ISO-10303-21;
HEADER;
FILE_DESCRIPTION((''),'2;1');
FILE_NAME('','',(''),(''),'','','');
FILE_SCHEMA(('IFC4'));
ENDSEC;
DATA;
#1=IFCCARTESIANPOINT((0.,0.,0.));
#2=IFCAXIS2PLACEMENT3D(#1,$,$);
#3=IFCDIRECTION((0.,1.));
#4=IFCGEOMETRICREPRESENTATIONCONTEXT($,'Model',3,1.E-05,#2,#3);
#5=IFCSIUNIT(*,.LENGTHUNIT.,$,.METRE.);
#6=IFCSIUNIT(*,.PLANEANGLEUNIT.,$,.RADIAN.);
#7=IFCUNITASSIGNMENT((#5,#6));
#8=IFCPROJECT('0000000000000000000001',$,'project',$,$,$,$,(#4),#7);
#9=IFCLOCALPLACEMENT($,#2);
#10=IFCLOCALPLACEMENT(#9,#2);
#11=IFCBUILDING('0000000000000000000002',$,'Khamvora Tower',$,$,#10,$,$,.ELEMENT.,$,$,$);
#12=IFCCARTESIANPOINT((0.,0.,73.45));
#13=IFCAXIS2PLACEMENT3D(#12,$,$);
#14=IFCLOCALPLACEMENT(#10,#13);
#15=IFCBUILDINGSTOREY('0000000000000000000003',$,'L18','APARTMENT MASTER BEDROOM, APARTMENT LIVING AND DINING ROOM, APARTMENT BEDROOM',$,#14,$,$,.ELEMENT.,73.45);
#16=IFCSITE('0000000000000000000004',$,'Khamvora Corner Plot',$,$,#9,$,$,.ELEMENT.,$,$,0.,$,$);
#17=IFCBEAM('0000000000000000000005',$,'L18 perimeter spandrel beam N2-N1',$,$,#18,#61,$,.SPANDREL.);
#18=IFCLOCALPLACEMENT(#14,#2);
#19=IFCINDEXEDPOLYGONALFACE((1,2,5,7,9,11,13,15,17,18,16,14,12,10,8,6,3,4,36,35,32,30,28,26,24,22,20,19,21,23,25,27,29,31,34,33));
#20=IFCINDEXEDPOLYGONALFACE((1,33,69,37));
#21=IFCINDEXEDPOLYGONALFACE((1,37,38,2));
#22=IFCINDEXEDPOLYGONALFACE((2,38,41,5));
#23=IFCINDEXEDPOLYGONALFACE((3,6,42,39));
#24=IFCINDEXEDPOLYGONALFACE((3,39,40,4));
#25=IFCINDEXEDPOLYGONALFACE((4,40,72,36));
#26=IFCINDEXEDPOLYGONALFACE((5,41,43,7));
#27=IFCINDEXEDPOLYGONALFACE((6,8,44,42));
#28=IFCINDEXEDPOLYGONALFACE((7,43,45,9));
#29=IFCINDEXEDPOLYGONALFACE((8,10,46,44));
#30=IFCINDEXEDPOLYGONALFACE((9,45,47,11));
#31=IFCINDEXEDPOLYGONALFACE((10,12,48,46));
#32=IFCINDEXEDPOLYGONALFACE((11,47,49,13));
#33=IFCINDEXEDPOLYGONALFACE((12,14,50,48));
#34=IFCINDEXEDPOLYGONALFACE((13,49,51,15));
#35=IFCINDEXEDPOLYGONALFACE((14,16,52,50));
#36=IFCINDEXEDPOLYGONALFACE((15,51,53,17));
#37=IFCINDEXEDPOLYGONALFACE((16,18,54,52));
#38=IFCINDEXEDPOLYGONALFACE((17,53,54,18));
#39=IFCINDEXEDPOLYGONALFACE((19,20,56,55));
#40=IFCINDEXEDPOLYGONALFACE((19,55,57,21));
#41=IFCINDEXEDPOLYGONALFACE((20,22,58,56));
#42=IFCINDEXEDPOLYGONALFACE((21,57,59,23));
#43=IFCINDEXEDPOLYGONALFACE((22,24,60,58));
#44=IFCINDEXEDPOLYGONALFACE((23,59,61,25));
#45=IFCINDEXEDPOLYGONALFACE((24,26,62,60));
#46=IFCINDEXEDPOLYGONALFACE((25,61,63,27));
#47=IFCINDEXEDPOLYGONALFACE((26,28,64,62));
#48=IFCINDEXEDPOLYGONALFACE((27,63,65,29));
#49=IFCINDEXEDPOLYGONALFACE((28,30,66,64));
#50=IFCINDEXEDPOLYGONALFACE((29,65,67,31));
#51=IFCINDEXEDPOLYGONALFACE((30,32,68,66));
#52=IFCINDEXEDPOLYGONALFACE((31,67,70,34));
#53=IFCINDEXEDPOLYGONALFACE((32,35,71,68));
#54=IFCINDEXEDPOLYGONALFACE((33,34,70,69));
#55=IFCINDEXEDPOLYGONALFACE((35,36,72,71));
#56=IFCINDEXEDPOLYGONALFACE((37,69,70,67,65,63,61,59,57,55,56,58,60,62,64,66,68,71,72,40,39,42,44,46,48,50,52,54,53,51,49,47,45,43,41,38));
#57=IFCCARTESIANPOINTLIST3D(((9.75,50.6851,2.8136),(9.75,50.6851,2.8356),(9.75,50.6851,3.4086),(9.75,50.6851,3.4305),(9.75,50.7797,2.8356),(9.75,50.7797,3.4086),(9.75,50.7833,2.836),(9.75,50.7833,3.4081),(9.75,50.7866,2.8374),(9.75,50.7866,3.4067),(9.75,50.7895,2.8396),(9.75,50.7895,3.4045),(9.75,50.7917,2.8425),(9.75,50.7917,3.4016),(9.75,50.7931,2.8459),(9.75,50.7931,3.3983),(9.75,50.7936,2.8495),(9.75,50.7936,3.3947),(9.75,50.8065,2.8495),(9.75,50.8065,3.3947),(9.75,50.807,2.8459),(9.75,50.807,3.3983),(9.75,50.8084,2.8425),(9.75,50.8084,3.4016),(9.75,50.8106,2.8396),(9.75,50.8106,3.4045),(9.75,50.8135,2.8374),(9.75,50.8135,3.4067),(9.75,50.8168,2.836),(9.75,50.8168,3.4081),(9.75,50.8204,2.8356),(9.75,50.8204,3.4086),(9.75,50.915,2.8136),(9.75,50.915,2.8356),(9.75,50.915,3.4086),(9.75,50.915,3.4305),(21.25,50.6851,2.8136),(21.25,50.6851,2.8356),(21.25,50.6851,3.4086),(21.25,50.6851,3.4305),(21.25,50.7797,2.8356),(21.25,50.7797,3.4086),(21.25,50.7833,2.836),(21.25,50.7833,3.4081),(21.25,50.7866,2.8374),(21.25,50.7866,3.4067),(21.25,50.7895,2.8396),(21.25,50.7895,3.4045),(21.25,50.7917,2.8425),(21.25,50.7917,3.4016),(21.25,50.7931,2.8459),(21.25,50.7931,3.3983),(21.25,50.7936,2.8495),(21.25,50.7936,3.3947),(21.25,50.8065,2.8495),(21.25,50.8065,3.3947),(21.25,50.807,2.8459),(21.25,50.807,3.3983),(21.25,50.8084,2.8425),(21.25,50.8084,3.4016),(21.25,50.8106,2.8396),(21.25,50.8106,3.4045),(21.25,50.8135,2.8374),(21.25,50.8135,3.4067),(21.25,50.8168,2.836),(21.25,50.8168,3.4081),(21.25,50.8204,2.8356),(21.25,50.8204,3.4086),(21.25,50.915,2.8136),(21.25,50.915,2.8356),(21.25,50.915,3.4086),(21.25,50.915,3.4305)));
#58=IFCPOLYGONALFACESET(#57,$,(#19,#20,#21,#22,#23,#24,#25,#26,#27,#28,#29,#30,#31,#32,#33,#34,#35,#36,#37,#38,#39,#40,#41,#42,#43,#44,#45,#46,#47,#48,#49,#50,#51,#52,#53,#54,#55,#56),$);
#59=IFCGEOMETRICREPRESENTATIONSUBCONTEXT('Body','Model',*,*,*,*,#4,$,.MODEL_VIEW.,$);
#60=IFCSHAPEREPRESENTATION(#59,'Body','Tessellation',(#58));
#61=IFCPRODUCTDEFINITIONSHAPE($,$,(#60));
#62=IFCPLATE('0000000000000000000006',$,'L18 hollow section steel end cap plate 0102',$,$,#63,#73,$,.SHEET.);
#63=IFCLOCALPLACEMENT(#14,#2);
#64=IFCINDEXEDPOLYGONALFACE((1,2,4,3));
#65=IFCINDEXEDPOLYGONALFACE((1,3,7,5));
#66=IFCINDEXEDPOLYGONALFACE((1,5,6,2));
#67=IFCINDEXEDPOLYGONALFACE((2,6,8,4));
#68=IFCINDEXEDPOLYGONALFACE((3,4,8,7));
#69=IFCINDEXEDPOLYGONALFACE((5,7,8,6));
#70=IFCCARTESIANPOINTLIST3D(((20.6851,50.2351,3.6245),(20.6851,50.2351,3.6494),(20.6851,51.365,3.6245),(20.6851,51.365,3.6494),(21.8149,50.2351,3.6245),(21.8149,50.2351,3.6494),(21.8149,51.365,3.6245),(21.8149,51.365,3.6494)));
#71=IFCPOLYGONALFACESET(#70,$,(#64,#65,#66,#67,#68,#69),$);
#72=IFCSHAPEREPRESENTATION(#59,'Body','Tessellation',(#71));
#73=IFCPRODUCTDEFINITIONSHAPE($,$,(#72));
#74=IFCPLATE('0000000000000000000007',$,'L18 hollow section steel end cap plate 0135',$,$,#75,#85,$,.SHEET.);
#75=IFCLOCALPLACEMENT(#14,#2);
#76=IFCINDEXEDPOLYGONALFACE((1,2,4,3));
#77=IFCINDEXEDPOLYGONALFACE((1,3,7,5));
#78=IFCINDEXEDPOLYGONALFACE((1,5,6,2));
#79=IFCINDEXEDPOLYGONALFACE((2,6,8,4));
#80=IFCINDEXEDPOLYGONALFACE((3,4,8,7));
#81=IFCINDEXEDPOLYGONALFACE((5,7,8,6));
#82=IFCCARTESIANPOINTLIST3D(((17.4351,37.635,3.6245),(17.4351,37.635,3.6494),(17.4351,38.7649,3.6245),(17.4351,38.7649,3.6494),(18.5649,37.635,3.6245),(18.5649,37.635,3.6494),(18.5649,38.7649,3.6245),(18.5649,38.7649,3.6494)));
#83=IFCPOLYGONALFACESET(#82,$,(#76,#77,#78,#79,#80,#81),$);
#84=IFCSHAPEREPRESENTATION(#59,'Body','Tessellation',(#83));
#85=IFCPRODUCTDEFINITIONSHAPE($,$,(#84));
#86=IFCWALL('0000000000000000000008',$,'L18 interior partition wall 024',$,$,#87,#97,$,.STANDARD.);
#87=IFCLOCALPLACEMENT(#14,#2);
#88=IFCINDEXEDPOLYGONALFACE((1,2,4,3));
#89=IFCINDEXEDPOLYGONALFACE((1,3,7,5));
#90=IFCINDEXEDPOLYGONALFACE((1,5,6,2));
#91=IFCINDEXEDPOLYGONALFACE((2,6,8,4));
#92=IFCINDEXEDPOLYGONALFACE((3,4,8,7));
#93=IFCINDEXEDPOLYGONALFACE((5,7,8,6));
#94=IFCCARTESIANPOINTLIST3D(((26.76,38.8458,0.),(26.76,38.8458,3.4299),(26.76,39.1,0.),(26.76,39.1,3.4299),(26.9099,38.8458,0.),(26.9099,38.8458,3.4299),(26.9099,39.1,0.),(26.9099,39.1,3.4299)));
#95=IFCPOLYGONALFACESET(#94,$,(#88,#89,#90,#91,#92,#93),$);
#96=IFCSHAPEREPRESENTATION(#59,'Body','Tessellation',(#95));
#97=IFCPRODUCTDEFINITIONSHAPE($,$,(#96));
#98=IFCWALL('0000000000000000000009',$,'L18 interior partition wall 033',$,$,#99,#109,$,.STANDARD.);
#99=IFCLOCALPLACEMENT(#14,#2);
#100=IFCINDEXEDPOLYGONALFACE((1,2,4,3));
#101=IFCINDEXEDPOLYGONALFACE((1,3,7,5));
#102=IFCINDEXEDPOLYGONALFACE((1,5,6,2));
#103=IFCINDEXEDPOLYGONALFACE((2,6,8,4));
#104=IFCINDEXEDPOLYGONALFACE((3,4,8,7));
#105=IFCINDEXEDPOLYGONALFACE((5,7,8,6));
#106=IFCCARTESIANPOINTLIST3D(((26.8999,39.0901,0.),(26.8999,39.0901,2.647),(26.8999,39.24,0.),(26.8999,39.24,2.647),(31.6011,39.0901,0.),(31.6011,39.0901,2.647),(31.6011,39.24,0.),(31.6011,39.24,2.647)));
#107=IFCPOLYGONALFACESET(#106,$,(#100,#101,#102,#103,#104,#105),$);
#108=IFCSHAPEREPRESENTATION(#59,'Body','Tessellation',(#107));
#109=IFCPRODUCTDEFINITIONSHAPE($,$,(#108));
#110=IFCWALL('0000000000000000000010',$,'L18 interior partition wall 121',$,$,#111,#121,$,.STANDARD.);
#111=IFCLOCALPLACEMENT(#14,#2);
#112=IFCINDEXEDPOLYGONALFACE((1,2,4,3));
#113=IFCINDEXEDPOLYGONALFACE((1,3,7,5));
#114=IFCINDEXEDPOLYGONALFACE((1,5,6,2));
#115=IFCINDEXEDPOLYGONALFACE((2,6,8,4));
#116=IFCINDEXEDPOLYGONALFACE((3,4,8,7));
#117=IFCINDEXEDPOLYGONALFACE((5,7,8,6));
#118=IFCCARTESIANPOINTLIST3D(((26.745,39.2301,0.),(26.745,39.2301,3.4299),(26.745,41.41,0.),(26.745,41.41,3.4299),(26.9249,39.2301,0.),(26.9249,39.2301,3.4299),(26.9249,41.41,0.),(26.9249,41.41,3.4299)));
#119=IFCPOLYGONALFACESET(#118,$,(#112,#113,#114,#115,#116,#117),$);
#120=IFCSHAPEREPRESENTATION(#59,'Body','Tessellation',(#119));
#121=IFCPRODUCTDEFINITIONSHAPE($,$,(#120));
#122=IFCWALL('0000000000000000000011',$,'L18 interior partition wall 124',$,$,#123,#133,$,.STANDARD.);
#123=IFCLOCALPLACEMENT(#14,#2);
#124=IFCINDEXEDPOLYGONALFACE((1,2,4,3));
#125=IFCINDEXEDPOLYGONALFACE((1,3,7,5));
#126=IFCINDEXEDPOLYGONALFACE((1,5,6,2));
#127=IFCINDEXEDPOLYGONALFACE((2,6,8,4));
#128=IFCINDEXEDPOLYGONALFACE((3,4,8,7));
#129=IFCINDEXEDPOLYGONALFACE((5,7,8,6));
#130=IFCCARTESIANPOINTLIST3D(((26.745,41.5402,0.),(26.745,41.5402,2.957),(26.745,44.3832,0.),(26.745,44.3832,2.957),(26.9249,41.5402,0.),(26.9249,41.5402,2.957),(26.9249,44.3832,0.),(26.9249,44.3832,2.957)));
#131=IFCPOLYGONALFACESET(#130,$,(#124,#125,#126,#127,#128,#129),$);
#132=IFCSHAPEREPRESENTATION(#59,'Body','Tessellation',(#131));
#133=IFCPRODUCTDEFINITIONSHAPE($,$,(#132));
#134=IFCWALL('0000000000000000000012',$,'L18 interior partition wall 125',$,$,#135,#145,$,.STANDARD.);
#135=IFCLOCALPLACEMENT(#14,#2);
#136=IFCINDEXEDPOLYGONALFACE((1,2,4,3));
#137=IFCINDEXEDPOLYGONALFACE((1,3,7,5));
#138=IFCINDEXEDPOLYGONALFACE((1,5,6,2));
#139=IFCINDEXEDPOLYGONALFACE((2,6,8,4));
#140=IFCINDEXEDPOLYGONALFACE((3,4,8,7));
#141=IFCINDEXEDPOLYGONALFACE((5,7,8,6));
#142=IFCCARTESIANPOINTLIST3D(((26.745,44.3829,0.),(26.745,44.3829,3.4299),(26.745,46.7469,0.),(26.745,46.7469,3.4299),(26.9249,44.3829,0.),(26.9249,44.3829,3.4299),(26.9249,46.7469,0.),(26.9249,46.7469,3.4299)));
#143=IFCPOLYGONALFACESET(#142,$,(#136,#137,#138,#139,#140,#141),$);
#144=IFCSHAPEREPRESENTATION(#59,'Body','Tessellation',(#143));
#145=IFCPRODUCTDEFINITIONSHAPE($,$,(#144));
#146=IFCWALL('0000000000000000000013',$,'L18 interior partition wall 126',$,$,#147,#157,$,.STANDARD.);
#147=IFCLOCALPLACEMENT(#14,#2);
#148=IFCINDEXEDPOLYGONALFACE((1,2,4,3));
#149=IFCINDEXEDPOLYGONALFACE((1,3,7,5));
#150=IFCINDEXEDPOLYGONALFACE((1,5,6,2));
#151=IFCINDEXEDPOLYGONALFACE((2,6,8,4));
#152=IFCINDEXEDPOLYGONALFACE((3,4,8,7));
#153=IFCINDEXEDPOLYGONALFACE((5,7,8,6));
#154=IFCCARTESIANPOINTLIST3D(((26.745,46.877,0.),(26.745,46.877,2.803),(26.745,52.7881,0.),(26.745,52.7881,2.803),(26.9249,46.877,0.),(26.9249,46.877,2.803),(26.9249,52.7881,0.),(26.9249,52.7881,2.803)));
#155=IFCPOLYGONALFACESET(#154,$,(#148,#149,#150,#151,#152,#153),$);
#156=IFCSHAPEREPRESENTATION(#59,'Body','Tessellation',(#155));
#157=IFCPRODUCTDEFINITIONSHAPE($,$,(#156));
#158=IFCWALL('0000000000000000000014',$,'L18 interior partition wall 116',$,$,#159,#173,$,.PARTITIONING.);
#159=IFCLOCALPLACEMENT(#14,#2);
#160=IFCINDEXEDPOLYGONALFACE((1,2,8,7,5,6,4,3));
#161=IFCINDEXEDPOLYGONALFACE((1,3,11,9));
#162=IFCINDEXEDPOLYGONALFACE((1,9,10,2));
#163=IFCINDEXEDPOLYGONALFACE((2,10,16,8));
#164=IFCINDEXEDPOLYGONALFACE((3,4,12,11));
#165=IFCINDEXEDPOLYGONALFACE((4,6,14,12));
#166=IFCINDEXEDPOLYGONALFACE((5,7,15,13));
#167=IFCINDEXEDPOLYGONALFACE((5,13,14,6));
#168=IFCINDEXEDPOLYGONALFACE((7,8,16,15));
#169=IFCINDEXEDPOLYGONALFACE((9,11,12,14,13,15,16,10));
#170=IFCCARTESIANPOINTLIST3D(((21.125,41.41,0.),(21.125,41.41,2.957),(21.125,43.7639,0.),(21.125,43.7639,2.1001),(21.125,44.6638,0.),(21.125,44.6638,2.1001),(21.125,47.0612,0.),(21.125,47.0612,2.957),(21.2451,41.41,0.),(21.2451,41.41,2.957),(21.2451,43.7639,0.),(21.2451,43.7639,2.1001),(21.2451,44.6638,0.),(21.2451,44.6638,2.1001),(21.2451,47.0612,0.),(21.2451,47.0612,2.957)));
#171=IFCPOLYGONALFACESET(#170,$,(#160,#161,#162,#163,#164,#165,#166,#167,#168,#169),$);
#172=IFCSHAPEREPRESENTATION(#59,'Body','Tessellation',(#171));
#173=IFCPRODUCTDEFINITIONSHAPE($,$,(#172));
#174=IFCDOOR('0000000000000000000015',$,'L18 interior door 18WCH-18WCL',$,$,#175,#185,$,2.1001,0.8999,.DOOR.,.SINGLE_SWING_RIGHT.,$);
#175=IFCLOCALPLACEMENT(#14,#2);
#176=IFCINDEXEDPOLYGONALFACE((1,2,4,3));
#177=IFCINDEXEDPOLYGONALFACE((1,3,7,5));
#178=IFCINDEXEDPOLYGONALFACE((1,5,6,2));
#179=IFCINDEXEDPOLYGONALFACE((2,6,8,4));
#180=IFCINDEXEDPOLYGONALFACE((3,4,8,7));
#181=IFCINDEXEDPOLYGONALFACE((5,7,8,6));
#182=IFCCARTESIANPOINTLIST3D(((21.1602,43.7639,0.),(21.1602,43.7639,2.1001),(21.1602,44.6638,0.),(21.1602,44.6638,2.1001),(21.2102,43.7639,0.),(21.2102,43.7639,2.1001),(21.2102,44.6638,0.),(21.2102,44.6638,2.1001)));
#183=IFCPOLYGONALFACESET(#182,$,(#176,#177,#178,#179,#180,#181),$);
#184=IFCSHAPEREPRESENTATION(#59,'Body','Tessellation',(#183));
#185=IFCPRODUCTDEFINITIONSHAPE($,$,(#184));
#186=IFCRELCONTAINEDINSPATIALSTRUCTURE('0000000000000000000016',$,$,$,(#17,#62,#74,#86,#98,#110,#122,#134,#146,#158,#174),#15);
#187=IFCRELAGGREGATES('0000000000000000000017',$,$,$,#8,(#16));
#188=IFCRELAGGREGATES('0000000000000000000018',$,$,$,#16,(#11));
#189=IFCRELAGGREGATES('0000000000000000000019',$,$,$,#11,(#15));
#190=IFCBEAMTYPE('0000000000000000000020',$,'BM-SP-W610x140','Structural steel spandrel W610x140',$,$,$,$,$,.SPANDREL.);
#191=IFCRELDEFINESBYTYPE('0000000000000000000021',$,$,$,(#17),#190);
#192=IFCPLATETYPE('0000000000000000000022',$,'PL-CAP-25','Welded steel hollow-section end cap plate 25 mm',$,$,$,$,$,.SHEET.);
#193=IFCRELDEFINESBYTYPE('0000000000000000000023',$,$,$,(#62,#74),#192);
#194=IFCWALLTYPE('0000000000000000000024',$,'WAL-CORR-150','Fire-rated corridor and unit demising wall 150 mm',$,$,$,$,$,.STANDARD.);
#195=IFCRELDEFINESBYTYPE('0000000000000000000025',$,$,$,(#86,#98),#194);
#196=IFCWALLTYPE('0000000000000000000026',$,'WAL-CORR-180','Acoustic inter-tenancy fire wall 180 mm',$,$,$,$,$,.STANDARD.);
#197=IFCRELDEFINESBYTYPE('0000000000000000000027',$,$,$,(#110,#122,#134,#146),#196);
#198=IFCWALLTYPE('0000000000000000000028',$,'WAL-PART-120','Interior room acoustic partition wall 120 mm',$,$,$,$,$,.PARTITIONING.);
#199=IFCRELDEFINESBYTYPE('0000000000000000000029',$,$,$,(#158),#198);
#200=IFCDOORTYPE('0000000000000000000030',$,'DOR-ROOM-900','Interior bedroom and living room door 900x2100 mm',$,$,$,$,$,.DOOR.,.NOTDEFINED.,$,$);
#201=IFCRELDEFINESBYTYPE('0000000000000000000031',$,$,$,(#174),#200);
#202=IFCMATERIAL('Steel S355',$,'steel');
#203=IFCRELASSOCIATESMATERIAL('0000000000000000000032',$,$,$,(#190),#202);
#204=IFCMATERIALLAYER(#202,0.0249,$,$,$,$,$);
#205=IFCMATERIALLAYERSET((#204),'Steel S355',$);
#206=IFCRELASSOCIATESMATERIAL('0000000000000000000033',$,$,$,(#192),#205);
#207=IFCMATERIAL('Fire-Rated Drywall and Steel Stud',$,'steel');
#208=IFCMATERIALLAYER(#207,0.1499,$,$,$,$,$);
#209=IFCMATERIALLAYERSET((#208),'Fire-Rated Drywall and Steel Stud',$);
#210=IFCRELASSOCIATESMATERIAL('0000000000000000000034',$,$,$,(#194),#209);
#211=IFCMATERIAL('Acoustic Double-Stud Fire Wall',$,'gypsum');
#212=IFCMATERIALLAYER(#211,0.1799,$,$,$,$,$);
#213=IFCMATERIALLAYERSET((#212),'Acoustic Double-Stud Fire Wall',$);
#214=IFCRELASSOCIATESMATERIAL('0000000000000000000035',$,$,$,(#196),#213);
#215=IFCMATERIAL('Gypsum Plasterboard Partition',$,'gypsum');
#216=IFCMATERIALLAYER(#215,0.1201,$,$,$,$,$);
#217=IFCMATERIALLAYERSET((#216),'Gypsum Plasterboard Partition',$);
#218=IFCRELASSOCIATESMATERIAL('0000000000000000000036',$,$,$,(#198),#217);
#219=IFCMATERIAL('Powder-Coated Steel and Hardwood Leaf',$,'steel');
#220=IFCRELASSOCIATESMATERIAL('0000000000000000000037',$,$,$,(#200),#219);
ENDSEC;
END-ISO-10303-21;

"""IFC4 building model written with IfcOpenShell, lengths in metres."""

from ifc_helpers import new_model, si_unit, direction, frame, frame_2d, origin, origin_2d, place, context, subcontext, project, spatial, rectangle, i_section, extrude, material, layer, layer_set, material_profile, profile_set, type_object, element, fill, save


model = new_model("IFC4")

# Units and contexts
model_context = context("Model", 3, precision=1e-05, world=origin(), true_north=direction((0.0, 1.0)))
body_context = subcontext(model_context, "Body", "Model", "MODEL_VIEW")
ifc_project = project(units=[si_unit("LENGTHUNIT", "METRE"), si_unit("PLANEANGLEUNIT", "RADIAN")], contexts=[model_context])

# Site, building, storey
site_placement = place(None, origin())
site = spatial("IfcSite", under=ifc_project, at=site_placement, Name="Khamvora Corner Plot", CompositionType="ELEMENT", RefElevation=0.0)
building_placement = place(site_placement, origin())
building = spatial("IfcBuilding", under=site, at=building_placement, Name="Khamvora Tower", CompositionType="ELEMENT")
storey_placement = place(building_placement, frame((0.0, 0.0, 73.45)))
storey = spatial("IfcBuildingStorey", under=building, at=storey_placement, Name="L18", Description="APARTMENT MASTER BEDROOM, APARTMENT LIVING AND DINING ROOM, APARTMENT BEDROOM", CompositionType="ELEMENT", Elevation=73.45)

# Beam
ifc_material_1 = material(Name="Steel S355", Category="steel")
ifc_material_profile_1 = material_profile(ifc_material_1, i_section(OverallWidth=0.23, OverallDepth=0.6169, WebThickness=0.0129, FlangeThickness=0.022, FilletRadius=0.0139, at=origin_2d()), Name="W610x140")
ifc_profile_set_1 = profile_set([ifc_material_profile_1], Name="Steel S355")
beam_type_1 = type_object("IfcBeamType", Name="BM-SP-W610x140", Description="Structural steel spandrel W610x140", PredefinedType="SPANDREL", material=ifc_profile_set_1)
beam_1_placement = place(storey_placement, frame((21.25, 50.8, 3.1221), z_axis=(-1.0, 0.0, 0.0), x_axis=(0.0, -1.0, 0.0)))
element("IfcBeam", 1, at=beam_1_placement, inside=storey, type_object=beam_type_1, Name="L18 perimeter spandrel beam N2-N1", PredefinedType="SPANDREL", context=body_context, shape_type="SweptSolid", body=[
    extrude(i_section(OverallWidth=0.23, OverallDepth=0.6169, WebThickness=0.0129, FlangeThickness=0.022, FilletRadius=0.0139, at=origin_2d()), origin(), (0.0, 0.0, 1.0), 11.5),
])

# Plates
ifc_layer_1 = layer(ifc_material_1, 0.0249)
ifc_layer_set_1 = layer_set([ifc_layer_1], Name="Steel S355")
plate_type = type_object("IfcPlateType", Name="PL-CAP-25", Description="Welded steel hollow-section end cap plate 25 mm", PredefinedType="SHEET", material=ifc_layer_set_1)
for number, where, z_axis, x_axis, name in (
    (2, (21.25, 50.8, 3.6245), (0.0, 0.0, 1.0), (1.0, 0.0, 0.0), "L18 hollow section steel end cap plate 0102"),
    (3, (18.0, 38.2, 3.6245), (0.0, 0.0, 1.0), (1.0, 0.0, 0.0), "L18 hollow section steel end cap plate 0135"),
):
    element("IfcPlate", number, at=place(storey_placement, frame(where, z_axis=z_axis, x_axis=x_axis)), inside=storey, type_object=plate_type, Name=name, PredefinedType="SHEET", context=body_context, shape_type="SweptSolid", body=[
        extrude(rectangle(XDim=1.1299, YDim=1.1299, at=origin_2d()), origin(), (0.0, 0.0, 1.0), 0.0249),
    ])

# Walls
ifc_material_2 = material(Name="Fire-Rated Drywall and Steel Stud", Category="steel")
ifc_layer_2 = layer(ifc_material_2, 0.1499)
ifc_layer_set_2 = layer_set([ifc_layer_2], Name="Fire-Rated Drywall and Steel Stud")
wall_type_1 = type_object("IfcWallType", Name="WAL-CORR-150", Description="Fire-rated corridor and unit demising wall 150 mm", PredefinedType="STANDARD", material=ifc_layer_set_2)
wall_1_placement = place(storey_placement, frame((26.835, 38.8459, 0.0), z_axis=(0.0, 0.0, 1.0), x_axis=(0.0, 1.0, 0.0)))
element("IfcWall", 4, at=wall_1_placement, inside=storey, type_object=wall_type_1, Name="L18 interior partition wall 024", PredefinedType="STANDARD", context=body_context, shape_type="SweptSolid", body=[
    extrude(rectangle(XDim=0.2542, YDim=0.1499, at=frame_2d((0.127, 0.0))), origin(), (0.0, 0.0, 1.0), 3.4299),
])
wall_2_placement = place(storey_placement, frame((26.8999, 39.165, 0.0), z_axis=(0.0, 0.0, 1.0), x_axis=(1.0, 0.0, 0.0)))
element("IfcWall", 5, at=wall_2_placement, inside=storey, type_object=wall_type_1, Name="L18 interior partition wall 033", PredefinedType="STANDARD", context=body_context, shape_type="SweptSolid", body=[
    extrude(rectangle(XDim=4.7012, YDim=0.1499, at=frame_2d((2.3506, 0.0))), origin(), (0.0, 0.0, 1.0), 2.647),
])
ifc_material_3 = material(Name="Acoustic Double-Stud Fire Wall", Category="gypsum")
ifc_layer_3 = layer(ifc_material_3, 0.1799)
ifc_layer_set_3 = layer_set([ifc_layer_3], Name="Acoustic Double-Stud Fire Wall")
wall_type_2 = type_object("IfcWallType", Name="WAL-CORR-180", Description="Acoustic inter-tenancy fire wall 180 mm", PredefinedType="STANDARD", material=ifc_layer_set_3)
wall_3_placement = place(storey_placement, frame((26.835, 41.4099, 0.0), z_axis=(0.0, 0.0, 1.0), x_axis=(0.0, -1.0, 0.0)))
element("IfcWall", 6, at=wall_3_placement, inside=storey, type_object=wall_type_2, Name="L18 interior partition wall 121", PredefinedType="STANDARD", context=body_context, shape_type="SweptSolid", body=[
    extrude(rectangle(XDim=2.1799, YDim=0.1799, at=frame_2d((1.0898, 0.0))), origin(), (0.0, 0.0, 1.0), 3.4299),
])
wall_4_placement = place(storey_placement, frame((26.835, 44.3831, 0.0), z_axis=(0.0, 0.0, 1.0), x_axis=(0.0, -1.0, 0.0)))
element("IfcWall", 7, at=wall_4_placement, inside=storey, type_object=wall_type_2, Name="L18 interior partition wall 124", PredefinedType="STANDARD", context=body_context, shape_type="SweptSolid", body=[
    extrude(rectangle(XDim=2.843, YDim=0.1799, at=frame_2d((1.4214, 0.0))), origin(), (0.0, 0.0, 1.0), 2.957),
])
wall_5_placement = place(storey_placement, frame((26.835, 46.7471, 0.0), z_axis=(0.0, 0.0, 1.0), x_axis=(0.0, -1.0, 0.0)))
element("IfcWall", 8, at=wall_5_placement, inside=storey, type_object=wall_type_2, Name="L18 interior partition wall 125", PredefinedType="STANDARD", context=body_context, shape_type="SweptSolid", body=[
    extrude(rectangle(XDim=2.364, YDim=0.1799, at=frame_2d((1.1821, 0.0))), origin(), (0.0, 0.0, 1.0), 3.4299),
])
wall_6_placement = place(storey_placement, frame((26.835, 52.7881, 0.0), z_axis=(0.0, 0.0, 1.0), x_axis=(0.0, -1.0, 0.0)))
element("IfcWall", 9, at=wall_6_placement, inside=storey, type_object=wall_type_2, Name="L18 interior partition wall 126", PredefinedType="STANDARD", context=body_context, shape_type="SweptSolid", body=[
    extrude(rectangle(XDim=5.9111, YDim=0.1799, at=frame_2d((2.9556, 0.0))), origin(), (0.0, 0.0, 1.0), 2.803),
])

# Wall, opening, door
ifc_material_4 = material(Name="Gypsum Plasterboard Partition", Category="gypsum")
ifc_layer_4 = layer(ifc_material_4, 0.1201)
ifc_layer_set_4 = layer_set([ifc_layer_4], Name="Gypsum Plasterboard Partition")
wall_type_3 = type_object("IfcWallType", Name="WAL-PART-120", Description="Interior room acoustic partition wall 120 mm", PredefinedType="PARTITIONING", material=ifc_layer_set_4)
wall_7_placement = place(storey_placement, frame((21.1851, 41.4099, 0.0), z_axis=(0.0, 0.0, 1.0), x_axis=(0.0, 1.0, 0.0)))
wall_7 = element("IfcWall", 10, at=wall_7_placement, inside=storey, type_object=wall_type_3, Name="L18 interior partition wall 116", PredefinedType="PARTITIONING", context=body_context, shape_type="SweptSolid", body=[
    extrude(rectangle(XDim=5.6511, YDim=0.1201, at=frame_2d((2.8257, 0.0))), origin(), (0.0, 0.0, 1.0), 2.957),
])
opening_1_placement = place(wall_7_placement, frame((2.354, 0.0, 0.0)))
opening_1 = element("IfcOpeningElement", 11, at=opening_1_placement, cuts=wall_7, PredefinedType="OPENING", context=body_context, shape_type="SweptSolid", body=[
    extrude(rectangle(XDim=0.8999, YDim=2.1001, at=frame_2d((0.45, 1.05))), frame((0.0, 0.0701, 0.0), z_axis=(0.0, -1.0, 0.0), x_axis=(1.0, 0.0, 0.0)), (0.0, 0.0, 1.0), 0.1401),
])
ifc_material_5 = material(Name="Powder-Coated Steel and Hardwood Leaf", Category="steel")
door_type_1 = type_object("IfcDoorType", Name="DOR-ROOM-900", Description="Interior bedroom and living room door 900x2100 mm", OperationType="NOTDEFINED", PredefinedType="DOOR", material=ifc_material_5)
door_1_placement = place(opening_1_placement, origin())
door_1 = element("IfcDoor", 12, at=door_1_placement, inside=storey, type_object=door_type_1, Name="L18 interior door 18WCH-18WCL", OperationType="SINGLE_SWING_RIGHT", OverallHeight=2.1001, OverallWidth=0.8999, PredefinedType="DOOR", context=body_context, shape_type="SweptSolid", body=[
    extrude(rectangle(XDim=0.8999, YDim=2.1001, at=frame_2d((0.45, 1.05))), frame((0.0, 0.0249, 0.0), z_axis=(0.0, -1.0, 0.0), x_axis=(1.0, 0.0, 0.0)), (0.0, 0.0, 1.0), 0.05),
])
fill(opening_1, door_1)

save(model, "model.ifc")
